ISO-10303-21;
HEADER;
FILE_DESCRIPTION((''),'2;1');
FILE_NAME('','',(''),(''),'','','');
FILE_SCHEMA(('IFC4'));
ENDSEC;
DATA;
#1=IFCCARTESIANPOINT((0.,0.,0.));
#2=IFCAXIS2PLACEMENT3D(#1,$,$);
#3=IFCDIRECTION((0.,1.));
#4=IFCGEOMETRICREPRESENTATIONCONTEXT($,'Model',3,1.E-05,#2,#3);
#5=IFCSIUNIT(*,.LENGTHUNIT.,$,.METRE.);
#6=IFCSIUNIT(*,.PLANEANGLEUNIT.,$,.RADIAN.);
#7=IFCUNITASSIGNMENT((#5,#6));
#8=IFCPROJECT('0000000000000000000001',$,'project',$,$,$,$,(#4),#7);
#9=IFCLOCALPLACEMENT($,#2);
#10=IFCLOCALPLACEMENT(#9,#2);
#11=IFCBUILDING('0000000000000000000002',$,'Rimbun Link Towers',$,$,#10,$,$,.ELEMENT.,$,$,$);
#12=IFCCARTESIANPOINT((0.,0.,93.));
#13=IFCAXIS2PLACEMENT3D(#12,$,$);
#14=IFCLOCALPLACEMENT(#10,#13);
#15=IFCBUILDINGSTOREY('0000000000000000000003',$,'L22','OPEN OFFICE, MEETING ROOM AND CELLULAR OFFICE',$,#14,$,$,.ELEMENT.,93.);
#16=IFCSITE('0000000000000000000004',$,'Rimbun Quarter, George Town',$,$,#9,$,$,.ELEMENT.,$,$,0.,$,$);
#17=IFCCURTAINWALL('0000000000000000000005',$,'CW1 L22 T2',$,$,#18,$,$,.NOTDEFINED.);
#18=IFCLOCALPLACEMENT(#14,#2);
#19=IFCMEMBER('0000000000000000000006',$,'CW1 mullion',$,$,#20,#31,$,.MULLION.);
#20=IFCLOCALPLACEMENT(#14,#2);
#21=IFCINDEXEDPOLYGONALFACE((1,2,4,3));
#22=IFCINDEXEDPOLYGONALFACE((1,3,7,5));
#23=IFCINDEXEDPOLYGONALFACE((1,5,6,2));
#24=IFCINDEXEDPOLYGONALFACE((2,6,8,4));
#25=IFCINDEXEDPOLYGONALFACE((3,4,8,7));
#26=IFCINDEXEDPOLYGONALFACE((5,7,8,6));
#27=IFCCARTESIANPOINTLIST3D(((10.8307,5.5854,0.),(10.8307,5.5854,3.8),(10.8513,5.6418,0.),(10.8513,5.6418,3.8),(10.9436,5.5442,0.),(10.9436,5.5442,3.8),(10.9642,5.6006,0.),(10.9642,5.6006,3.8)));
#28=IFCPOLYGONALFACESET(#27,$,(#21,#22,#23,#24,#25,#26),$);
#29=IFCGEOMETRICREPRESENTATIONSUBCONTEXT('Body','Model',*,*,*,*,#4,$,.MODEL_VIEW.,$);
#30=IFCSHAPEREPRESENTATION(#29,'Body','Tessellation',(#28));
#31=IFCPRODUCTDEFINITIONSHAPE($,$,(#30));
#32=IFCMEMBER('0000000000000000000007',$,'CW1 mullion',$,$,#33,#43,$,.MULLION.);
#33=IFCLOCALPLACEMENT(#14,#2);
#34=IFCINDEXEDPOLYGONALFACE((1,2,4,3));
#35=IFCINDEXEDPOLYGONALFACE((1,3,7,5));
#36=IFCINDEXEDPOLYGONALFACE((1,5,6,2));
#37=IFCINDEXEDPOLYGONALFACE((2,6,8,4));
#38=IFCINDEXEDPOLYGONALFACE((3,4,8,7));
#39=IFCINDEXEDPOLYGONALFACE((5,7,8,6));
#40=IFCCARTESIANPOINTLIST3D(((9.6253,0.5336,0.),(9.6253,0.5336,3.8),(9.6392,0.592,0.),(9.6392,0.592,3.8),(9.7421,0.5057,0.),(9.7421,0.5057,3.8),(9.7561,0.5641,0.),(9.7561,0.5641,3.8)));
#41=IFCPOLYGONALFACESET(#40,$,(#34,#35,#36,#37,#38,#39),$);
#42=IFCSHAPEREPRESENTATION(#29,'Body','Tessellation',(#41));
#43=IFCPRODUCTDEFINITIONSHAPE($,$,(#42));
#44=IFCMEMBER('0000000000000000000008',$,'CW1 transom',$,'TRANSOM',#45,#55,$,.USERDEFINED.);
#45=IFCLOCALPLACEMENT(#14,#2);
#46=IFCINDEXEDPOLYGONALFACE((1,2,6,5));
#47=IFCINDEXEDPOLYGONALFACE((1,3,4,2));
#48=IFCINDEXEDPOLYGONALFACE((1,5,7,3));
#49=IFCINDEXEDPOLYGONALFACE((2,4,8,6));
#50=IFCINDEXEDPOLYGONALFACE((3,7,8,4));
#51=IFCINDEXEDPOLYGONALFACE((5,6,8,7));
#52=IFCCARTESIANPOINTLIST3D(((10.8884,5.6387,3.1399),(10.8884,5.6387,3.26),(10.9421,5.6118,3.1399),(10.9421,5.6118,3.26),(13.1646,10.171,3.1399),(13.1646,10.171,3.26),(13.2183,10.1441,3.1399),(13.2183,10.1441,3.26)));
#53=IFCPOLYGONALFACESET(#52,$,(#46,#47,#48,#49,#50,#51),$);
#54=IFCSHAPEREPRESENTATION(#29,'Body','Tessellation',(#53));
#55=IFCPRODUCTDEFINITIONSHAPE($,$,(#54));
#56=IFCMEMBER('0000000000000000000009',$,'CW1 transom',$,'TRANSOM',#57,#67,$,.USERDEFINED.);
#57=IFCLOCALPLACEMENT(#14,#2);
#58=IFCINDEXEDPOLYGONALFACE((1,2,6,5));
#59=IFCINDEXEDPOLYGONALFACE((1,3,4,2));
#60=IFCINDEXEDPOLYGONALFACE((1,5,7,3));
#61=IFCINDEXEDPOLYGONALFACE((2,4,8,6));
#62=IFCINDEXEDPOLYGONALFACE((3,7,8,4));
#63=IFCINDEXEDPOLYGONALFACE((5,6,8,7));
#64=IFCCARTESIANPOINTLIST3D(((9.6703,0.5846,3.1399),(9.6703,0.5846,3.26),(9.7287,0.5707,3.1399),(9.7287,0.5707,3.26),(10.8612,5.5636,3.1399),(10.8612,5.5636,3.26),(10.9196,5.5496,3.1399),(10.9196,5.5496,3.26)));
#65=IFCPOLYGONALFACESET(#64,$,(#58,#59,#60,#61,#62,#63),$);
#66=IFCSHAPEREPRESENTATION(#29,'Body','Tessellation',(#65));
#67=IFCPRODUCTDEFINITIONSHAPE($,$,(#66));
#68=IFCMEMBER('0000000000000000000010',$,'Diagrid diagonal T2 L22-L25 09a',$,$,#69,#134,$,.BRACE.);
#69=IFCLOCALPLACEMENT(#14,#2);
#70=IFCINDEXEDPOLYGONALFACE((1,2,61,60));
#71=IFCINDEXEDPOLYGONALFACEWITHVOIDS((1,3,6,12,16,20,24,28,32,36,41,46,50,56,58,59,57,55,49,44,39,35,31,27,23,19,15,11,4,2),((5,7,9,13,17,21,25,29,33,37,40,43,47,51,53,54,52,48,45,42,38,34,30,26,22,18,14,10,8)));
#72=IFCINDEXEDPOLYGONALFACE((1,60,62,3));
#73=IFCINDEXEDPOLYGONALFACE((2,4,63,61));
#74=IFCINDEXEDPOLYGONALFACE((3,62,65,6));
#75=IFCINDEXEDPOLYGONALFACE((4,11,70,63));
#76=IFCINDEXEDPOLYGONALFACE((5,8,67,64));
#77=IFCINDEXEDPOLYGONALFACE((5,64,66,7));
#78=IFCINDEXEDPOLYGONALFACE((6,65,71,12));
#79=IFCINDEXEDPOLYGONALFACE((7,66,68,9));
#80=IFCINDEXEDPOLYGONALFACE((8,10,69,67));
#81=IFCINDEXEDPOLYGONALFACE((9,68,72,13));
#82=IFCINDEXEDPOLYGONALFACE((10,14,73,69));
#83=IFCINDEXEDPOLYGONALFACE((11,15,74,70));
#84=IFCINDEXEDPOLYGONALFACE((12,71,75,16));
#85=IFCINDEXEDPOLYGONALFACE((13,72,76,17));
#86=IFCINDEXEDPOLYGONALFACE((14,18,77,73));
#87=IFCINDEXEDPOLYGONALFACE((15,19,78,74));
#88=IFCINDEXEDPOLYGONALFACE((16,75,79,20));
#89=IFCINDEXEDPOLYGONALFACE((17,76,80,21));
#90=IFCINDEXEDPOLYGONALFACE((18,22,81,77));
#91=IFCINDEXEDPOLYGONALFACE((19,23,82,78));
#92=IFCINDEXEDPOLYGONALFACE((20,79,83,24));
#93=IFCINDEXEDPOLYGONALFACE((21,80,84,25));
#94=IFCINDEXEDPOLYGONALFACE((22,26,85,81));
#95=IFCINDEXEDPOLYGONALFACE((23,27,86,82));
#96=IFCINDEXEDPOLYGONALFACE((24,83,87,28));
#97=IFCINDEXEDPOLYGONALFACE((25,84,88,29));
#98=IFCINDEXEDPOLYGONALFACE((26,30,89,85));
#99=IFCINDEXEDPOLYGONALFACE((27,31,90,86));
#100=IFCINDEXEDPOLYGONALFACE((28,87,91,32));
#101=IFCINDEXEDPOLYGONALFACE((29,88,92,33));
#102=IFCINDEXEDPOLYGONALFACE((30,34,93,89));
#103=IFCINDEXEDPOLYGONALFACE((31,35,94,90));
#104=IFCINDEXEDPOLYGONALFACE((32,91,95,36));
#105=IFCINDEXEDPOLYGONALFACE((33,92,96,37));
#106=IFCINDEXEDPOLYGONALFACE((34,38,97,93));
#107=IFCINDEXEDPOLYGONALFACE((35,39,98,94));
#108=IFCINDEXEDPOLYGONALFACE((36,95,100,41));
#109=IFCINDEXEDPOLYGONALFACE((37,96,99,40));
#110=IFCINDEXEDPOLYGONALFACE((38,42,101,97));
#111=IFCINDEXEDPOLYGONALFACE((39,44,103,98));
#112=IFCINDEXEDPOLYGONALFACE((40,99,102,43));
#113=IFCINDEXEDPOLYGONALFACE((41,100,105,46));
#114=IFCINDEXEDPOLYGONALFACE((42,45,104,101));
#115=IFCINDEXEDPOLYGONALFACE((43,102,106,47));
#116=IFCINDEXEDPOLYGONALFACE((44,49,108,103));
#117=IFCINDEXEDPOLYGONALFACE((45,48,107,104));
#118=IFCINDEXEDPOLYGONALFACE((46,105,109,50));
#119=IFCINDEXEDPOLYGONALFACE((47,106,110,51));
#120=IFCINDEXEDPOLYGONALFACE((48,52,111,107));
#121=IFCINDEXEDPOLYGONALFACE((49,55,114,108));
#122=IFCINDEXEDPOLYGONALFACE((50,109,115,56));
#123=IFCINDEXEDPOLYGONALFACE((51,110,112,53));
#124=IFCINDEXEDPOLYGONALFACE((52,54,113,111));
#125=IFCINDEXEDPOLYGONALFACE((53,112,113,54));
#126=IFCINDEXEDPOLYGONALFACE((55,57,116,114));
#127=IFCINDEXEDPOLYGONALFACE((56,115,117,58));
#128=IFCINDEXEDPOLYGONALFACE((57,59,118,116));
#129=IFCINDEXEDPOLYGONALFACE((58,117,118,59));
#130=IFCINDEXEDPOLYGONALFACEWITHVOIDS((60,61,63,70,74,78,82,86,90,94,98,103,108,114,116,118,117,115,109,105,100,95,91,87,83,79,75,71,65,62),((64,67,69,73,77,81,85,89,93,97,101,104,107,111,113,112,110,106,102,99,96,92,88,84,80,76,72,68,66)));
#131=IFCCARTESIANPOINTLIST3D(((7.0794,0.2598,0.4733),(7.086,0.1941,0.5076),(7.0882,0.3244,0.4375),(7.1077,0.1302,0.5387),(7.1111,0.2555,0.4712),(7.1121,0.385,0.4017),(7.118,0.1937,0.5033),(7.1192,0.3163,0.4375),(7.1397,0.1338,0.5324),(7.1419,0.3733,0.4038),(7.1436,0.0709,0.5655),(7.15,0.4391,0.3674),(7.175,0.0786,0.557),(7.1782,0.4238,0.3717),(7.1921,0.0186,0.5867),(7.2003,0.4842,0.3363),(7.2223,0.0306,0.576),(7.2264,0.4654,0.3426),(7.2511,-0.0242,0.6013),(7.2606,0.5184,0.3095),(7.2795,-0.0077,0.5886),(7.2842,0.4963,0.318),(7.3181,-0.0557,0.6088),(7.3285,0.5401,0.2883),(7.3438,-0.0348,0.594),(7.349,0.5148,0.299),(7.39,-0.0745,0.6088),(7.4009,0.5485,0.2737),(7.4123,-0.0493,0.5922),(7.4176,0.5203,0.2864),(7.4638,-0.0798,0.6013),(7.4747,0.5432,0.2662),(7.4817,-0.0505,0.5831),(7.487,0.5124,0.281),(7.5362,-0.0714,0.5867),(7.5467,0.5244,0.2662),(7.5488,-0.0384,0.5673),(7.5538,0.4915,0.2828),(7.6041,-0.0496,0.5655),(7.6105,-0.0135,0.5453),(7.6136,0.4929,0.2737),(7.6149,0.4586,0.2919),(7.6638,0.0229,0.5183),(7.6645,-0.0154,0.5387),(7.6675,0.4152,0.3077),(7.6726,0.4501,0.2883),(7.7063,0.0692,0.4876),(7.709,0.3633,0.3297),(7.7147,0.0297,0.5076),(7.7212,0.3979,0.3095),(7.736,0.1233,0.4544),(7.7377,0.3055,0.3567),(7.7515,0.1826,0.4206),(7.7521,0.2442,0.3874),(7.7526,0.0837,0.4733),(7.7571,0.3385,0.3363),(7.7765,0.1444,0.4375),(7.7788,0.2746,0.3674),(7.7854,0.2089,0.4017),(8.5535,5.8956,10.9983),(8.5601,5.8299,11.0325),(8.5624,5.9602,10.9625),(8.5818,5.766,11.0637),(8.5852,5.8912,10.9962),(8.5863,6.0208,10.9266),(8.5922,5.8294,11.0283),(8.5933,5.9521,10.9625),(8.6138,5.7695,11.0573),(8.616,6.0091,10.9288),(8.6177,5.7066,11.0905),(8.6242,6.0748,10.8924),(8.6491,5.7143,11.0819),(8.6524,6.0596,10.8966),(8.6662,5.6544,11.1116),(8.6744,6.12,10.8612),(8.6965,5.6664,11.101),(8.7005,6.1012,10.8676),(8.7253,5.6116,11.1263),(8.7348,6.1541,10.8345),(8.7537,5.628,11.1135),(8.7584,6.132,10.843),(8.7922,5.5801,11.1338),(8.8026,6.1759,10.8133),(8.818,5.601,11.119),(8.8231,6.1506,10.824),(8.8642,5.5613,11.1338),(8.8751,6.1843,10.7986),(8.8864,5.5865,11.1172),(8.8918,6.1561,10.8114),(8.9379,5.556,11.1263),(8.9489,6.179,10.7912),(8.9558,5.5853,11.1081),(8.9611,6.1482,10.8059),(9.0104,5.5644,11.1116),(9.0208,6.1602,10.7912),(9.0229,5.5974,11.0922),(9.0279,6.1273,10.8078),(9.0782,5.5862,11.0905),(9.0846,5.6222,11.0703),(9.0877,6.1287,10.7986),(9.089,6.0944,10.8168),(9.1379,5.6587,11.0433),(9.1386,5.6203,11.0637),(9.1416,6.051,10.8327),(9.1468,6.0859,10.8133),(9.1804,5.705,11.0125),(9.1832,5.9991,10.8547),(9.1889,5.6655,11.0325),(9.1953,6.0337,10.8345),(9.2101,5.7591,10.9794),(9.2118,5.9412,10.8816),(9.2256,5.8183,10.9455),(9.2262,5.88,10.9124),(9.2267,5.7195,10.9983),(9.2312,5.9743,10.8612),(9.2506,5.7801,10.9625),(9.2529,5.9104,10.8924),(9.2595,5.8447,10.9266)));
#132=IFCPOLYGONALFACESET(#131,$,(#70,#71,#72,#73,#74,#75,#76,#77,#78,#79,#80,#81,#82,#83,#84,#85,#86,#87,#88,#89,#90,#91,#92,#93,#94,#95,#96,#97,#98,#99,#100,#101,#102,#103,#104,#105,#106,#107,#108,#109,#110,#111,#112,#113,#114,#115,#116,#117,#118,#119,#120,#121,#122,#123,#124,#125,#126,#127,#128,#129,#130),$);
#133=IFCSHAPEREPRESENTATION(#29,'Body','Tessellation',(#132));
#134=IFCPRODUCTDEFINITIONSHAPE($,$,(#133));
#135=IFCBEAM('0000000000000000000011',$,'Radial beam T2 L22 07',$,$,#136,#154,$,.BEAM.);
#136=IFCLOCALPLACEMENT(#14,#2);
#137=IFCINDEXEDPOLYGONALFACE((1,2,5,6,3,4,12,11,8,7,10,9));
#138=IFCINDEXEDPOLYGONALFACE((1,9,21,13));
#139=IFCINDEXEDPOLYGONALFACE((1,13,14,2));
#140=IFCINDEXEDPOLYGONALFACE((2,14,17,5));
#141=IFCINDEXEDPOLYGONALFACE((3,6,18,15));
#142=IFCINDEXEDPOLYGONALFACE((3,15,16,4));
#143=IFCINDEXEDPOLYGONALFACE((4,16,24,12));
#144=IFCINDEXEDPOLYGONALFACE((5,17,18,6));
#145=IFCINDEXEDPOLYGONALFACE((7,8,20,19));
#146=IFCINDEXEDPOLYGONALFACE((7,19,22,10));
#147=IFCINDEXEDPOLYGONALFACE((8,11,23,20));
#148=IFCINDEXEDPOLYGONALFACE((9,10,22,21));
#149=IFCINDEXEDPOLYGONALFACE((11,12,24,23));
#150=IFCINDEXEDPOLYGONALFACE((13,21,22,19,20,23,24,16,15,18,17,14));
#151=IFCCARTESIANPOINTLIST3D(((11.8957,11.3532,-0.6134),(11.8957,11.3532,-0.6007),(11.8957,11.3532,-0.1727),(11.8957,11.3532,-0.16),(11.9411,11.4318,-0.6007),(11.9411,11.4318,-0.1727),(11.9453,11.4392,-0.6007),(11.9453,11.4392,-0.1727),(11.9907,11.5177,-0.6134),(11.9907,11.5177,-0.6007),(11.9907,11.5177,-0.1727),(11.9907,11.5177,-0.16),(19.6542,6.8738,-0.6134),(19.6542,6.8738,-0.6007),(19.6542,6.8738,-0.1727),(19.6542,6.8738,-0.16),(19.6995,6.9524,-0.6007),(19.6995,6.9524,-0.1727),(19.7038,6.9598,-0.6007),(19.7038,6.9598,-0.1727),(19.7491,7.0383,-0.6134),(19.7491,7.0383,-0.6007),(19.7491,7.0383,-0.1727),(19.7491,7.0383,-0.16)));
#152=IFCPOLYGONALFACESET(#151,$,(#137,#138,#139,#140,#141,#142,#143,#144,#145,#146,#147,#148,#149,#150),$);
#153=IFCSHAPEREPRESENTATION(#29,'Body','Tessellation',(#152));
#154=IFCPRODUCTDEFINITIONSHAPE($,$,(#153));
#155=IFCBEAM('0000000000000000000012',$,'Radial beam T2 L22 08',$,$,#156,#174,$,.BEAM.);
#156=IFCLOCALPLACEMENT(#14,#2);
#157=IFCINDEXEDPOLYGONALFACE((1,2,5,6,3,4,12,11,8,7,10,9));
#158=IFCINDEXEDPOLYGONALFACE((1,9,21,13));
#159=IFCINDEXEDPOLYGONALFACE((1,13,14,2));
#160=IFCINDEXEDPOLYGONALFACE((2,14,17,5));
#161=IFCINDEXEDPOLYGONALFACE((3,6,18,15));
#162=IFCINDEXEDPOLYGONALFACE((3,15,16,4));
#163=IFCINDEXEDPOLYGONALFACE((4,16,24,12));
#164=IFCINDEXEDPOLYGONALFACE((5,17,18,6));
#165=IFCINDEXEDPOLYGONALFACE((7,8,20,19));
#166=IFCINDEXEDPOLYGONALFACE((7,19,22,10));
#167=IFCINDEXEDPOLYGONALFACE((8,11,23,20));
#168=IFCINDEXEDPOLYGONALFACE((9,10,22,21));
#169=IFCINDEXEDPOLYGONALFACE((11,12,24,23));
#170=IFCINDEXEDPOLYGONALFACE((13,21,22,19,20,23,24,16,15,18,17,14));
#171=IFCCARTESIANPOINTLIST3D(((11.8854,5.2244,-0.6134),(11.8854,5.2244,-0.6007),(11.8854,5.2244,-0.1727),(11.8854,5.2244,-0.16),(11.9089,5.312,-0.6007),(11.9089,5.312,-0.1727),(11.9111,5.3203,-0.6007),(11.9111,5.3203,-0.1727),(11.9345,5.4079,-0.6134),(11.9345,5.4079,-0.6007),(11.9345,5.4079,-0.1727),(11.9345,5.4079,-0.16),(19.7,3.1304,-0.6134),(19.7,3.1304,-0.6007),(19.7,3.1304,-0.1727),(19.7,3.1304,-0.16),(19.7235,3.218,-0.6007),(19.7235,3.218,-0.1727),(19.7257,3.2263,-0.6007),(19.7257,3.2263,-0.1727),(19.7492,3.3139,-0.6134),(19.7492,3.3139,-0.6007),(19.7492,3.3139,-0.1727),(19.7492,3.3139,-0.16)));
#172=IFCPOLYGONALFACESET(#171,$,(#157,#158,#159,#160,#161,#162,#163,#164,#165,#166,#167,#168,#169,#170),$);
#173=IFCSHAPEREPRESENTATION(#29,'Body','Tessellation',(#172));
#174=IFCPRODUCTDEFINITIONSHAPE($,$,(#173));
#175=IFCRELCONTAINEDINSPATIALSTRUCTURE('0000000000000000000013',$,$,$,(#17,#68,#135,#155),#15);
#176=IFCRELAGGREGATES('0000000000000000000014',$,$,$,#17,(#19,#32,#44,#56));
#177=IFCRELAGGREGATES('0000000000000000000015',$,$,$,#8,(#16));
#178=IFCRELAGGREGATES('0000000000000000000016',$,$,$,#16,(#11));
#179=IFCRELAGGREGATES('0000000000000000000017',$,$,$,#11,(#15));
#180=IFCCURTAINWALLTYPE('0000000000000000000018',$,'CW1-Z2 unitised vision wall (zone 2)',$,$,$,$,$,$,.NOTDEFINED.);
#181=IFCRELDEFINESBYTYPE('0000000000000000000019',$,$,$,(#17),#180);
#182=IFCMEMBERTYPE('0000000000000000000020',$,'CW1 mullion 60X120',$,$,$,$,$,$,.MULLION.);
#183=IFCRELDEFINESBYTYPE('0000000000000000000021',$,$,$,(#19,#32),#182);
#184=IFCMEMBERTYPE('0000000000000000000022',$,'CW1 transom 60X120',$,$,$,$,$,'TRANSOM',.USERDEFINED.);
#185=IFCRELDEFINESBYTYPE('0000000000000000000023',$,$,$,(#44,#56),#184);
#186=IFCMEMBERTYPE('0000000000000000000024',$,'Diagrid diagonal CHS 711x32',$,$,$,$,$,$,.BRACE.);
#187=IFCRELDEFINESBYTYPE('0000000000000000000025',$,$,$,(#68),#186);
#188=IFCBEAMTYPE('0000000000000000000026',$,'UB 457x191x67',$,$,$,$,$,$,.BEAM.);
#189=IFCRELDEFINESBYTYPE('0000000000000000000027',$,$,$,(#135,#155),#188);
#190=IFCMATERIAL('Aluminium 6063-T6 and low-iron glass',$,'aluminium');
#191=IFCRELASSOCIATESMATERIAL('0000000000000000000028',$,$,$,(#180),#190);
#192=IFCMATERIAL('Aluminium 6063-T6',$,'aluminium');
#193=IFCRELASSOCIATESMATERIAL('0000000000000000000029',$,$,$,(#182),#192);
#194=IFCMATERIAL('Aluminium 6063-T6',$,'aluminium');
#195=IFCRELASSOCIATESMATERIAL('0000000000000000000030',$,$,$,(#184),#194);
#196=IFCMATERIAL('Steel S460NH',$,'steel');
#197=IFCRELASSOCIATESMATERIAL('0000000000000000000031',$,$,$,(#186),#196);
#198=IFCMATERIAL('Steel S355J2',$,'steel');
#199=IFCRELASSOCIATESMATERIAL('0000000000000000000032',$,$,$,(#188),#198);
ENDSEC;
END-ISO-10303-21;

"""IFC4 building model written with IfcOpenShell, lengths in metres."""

from ifc_helpers import new_model, si_unit, direction, frame, origin, origin_2d, place, context, subcontext, project, spatial, rectangle, hollow_circle, i_section, extrude, material, material_profile, profile_set, type_object, element, aggregate, save


model = new_model("IFC4")

# Units and contexts
model_context = context("Model", 3, precision=1e-05, world=origin(), true_north=direction((0.0, 1.0)))
body_context = subcontext(model_context, "Body", "Model", "MODEL_VIEW")
ifc_project = project(units=[si_unit("LENGTHUNIT", "METRE"), si_unit("PLANEANGLEUNIT", "RADIAN")], contexts=[model_context])

# Site, building, storey
site_placement = place(None, origin())
site = spatial("IfcSite", under=ifc_project, at=site_placement, Name="Rimbun Quarter, George Town", CompositionType="ELEMENT", RefElevation=0.0)
building_placement = place(site_placement, origin())
building = spatial("IfcBuilding", under=site, at=building_placement, Name="Rimbun Link Towers", CompositionType="ELEMENT")
storey_placement = place(building_placement, frame((0.0, 0.0, 93.0)))
storey = spatial("IfcBuildingStorey", under=building, at=storey_placement, Name="L22", Description="OPEN OFFICE, MEETING ROOM AND CELLULAR OFFICE", CompositionType="ELEMENT", Elevation=93.0)

# Curtain wall, members
ifc_material_1 = material(Name="Aluminium 6063-T6 and low-iron glass", Category="aluminium")
curtain_wall_type = type_object("IfcCurtainWallType", Name="CW1-Z2 unitised vision wall (zone 2)", PredefinedType="NOTDEFINED", material=ifc_material_1)
curtain_wall_placement = place(storey_placement, origin())
curtain_wall = element("IfcCurtainWall", 1, at=curtain_wall_placement, inside=storey, type_object=curtain_wall_type, Name="CW1 L22 T2", PredefinedType="NOTDEFINED")
ifc_material_2 = material(Name="Aluminium 6063-T6", Category="aluminium")
ifc_material_profile_1 = material_profile(ifc_material_2, rectangle(XDim=0.1201, YDim=0.0601, at=origin_2d()), Name="MULLION 60X120")
ifc_profile_set_1 = profile_set([ifc_material_profile_1], Name="Aluminium 6063-T6")
member_type_1 = type_object("IfcMemberType", Name="CW1 mullion 60X120", PredefinedType="MULLION", material=ifc_profile_set_1)
member_1_placement = place(storey_placement, frame((10.8975, 5.593, 0.0), z_axis=(0.0, 0.0, 1.0), x_axis=(-0.939346, 0.34297, 0.0)))
member_1 = element("IfcMember", 2, at=member_1_placement, type_object=member_type_1, Name="CW1 mullion", PredefinedType="MULLION", context=body_context, shape_type="SweptSolid", body=[
    extrude(rectangle(XDim=0.1201, YDim=0.0601, at=origin_2d()), origin(), (0.0, 0.0, 1.0), 3.8),
])
member_2_placement = place(storey_placement, frame((9.6907, 0.5488, 0.0), z_axis=(0.0, 0.0, 1.0), x_axis=(-0.972572, 0.232601, 0.0)))
member_2 = element("IfcMember", 3, at=member_2_placement, type_object=member_type_1, Name="CW1 mullion", PredefinedType="MULLION", context=body_context, shape_type="SweptSolid", body=[
    extrude(rectangle(XDim=0.1201, YDim=0.0601, at=origin_2d()), origin(), (0.0, 0.0, 1.0), 3.8),
])
ifc_material_3 = material(Name="Aluminium 6063-T6", Category="aluminium")
ifc_material_profile_2 = material_profile(ifc_material_3, rectangle(XDim=0.0601, YDim=0.1201, at=origin_2d()), Name="TRANSOM 60X120")
ifc_profile_set_2 = profile_set([ifc_material_profile_2], Name="Aluminium 6063-T6")
member_type_2 = type_object("IfcMemberType", Name="CW1 transom 60X120", ElementType="TRANSOM", PredefinedType="USERDEFINED", material=ifc_profile_set_2)
member_3_placement = place(storey_placement, frame((10.9153, 5.6252, 3.2), z_axis=(0.448792, 0.893636, 0.0), x_axis=(-0.893636, 0.448792, 0.0)))
member_3 = element("IfcMember", 4, at=member_3_placement, type_object=member_type_2, Name="CW1 transom", ObjectType="TRANSOM", PredefinedType="USERDEFINED", context=body_context, shape_type="SweptSolid", body=[
    extrude(rectangle(XDim=0.0601, YDim=0.1201, at=origin_2d()), origin(), (0.0, 0.0, 1.0), 5.0718),
])
member_4_placement = place(storey_placement, frame((9.6995, 0.5776, 3.2), z_axis=(0.232626, 0.972566, 0.0), x_axis=(-0.972566, 0.232626, 0.0)))
member_4 = element("IfcMember", 5, at=member_4_placement, type_object=member_type_2, Name="CW1 transom", ObjectType="TRANSOM", PredefinedType="USERDEFINED", context=body_context, shape_type="SweptSolid", body=[
    extrude(rectangle(XDim=0.0601, YDim=0.1201, at=origin_2d()), origin(), (0.0, 0.0, 1.0), 5.1194),
])

# Member
ifc_material_4 = material(Name="Steel S460NH", Category="steel")
ifc_material_profile_3 = material_profile(ifc_material_4, hollow_circle(Radius=0.3557, WallThickness=0.032, at=origin_2d()), Name="Diagrid diagonal CHS 711x32")
ifc_profile_set_3 = profile_set([ifc_material_profile_3], Name="Steel S460NH")
member_type_3 = type_object("IfcMemberType", Name="Diagrid diagonal CHS 711x32", PredefinedType="BRACE", material=ifc_profile_set_3)
member_5_placement = place(storey_placement, frame((7.4324, 0.2344, 0.4375), z_axis=(0.122542, 0.468495, 0.874926), x_axis=(-0.967452, 0.253053, 0.0)))
element("IfcMember", 6, at=member_5_placement, inside=storey, type_object=member_type_3, Name="Diagrid diagonal T2 L22-L25 09a", PredefinedType="BRACE", context=body_context, shape_type="SweptSolid", body=[
    extrude(hollow_circle(Radius=0.3557, WallThickness=0.032, at=origin_2d()), origin(), (0.0, 0.0, 1.0), 12.0295),
])

# Beams
ifc_material_5 = material(Name="Steel S355J2", Category="steel")
ifc_material_profile_4 = material_profile(ifc_material_5, i_section(OverallWidth=0.1899, OverallDepth=0.4534, WebThickness=0.0085, FlangeThickness=0.0127, at=origin_2d()), Name="UB 457x191x67")
ifc_profile_set_4 = profile_set([ifc_material_profile_4], Name="Steel S355J2")
beam_type_1 = type_object("IfcBeamType", Name="UB 457x191x67", PredefinedType="BEAM", material=ifc_profile_set_4)
beam_1_placement = place(storey_placement, frame((19.7017, 6.9561, -0.3867), z_axis=(-0.866021, 0.500008, 0.0), x_axis=(-0.500008, -0.866021, 0.0)))
element("IfcBeam", 7, at=beam_1_placement, inside=storey, type_object=beam_type_1, Name="Radial beam T2 L22 07", PredefinedType="BEAM", context=body_context, shape_type="SweptSolid", body=[
    extrude(i_section(OverallWidth=0.1899, OverallDepth=0.4534, WebThickness=0.0085, FlangeThickness=0.0127, at=origin_2d()), origin(), (0.0, 0.0, 1.0), 8.9587),
])
beam_2_placement = place(storey_placement, frame((19.7246, 3.2222, -0.3867), z_axis=(-0.965924, 0.258825, 0.0), x_axis=(-0.258825, -0.965924, 0.0)))
element("IfcBeam", 8, at=beam_2_placement, inside=storey, type_object=beam_type_1, Name="Radial beam T2 L22 08", PredefinedType="BEAM", context=body_context, shape_type="SweptSolid", body=[
    extrude(i_section(OverallWidth=0.1899, OverallDepth=0.4534, WebThickness=0.0085, FlangeThickness=0.0127, at=origin_2d()), origin(), (0.0, 0.0, 1.0), 8.0903),
])

aggregate(curtain_wall, [member_1, member_2, member_3, member_4])

save(model, "model.ifc")
